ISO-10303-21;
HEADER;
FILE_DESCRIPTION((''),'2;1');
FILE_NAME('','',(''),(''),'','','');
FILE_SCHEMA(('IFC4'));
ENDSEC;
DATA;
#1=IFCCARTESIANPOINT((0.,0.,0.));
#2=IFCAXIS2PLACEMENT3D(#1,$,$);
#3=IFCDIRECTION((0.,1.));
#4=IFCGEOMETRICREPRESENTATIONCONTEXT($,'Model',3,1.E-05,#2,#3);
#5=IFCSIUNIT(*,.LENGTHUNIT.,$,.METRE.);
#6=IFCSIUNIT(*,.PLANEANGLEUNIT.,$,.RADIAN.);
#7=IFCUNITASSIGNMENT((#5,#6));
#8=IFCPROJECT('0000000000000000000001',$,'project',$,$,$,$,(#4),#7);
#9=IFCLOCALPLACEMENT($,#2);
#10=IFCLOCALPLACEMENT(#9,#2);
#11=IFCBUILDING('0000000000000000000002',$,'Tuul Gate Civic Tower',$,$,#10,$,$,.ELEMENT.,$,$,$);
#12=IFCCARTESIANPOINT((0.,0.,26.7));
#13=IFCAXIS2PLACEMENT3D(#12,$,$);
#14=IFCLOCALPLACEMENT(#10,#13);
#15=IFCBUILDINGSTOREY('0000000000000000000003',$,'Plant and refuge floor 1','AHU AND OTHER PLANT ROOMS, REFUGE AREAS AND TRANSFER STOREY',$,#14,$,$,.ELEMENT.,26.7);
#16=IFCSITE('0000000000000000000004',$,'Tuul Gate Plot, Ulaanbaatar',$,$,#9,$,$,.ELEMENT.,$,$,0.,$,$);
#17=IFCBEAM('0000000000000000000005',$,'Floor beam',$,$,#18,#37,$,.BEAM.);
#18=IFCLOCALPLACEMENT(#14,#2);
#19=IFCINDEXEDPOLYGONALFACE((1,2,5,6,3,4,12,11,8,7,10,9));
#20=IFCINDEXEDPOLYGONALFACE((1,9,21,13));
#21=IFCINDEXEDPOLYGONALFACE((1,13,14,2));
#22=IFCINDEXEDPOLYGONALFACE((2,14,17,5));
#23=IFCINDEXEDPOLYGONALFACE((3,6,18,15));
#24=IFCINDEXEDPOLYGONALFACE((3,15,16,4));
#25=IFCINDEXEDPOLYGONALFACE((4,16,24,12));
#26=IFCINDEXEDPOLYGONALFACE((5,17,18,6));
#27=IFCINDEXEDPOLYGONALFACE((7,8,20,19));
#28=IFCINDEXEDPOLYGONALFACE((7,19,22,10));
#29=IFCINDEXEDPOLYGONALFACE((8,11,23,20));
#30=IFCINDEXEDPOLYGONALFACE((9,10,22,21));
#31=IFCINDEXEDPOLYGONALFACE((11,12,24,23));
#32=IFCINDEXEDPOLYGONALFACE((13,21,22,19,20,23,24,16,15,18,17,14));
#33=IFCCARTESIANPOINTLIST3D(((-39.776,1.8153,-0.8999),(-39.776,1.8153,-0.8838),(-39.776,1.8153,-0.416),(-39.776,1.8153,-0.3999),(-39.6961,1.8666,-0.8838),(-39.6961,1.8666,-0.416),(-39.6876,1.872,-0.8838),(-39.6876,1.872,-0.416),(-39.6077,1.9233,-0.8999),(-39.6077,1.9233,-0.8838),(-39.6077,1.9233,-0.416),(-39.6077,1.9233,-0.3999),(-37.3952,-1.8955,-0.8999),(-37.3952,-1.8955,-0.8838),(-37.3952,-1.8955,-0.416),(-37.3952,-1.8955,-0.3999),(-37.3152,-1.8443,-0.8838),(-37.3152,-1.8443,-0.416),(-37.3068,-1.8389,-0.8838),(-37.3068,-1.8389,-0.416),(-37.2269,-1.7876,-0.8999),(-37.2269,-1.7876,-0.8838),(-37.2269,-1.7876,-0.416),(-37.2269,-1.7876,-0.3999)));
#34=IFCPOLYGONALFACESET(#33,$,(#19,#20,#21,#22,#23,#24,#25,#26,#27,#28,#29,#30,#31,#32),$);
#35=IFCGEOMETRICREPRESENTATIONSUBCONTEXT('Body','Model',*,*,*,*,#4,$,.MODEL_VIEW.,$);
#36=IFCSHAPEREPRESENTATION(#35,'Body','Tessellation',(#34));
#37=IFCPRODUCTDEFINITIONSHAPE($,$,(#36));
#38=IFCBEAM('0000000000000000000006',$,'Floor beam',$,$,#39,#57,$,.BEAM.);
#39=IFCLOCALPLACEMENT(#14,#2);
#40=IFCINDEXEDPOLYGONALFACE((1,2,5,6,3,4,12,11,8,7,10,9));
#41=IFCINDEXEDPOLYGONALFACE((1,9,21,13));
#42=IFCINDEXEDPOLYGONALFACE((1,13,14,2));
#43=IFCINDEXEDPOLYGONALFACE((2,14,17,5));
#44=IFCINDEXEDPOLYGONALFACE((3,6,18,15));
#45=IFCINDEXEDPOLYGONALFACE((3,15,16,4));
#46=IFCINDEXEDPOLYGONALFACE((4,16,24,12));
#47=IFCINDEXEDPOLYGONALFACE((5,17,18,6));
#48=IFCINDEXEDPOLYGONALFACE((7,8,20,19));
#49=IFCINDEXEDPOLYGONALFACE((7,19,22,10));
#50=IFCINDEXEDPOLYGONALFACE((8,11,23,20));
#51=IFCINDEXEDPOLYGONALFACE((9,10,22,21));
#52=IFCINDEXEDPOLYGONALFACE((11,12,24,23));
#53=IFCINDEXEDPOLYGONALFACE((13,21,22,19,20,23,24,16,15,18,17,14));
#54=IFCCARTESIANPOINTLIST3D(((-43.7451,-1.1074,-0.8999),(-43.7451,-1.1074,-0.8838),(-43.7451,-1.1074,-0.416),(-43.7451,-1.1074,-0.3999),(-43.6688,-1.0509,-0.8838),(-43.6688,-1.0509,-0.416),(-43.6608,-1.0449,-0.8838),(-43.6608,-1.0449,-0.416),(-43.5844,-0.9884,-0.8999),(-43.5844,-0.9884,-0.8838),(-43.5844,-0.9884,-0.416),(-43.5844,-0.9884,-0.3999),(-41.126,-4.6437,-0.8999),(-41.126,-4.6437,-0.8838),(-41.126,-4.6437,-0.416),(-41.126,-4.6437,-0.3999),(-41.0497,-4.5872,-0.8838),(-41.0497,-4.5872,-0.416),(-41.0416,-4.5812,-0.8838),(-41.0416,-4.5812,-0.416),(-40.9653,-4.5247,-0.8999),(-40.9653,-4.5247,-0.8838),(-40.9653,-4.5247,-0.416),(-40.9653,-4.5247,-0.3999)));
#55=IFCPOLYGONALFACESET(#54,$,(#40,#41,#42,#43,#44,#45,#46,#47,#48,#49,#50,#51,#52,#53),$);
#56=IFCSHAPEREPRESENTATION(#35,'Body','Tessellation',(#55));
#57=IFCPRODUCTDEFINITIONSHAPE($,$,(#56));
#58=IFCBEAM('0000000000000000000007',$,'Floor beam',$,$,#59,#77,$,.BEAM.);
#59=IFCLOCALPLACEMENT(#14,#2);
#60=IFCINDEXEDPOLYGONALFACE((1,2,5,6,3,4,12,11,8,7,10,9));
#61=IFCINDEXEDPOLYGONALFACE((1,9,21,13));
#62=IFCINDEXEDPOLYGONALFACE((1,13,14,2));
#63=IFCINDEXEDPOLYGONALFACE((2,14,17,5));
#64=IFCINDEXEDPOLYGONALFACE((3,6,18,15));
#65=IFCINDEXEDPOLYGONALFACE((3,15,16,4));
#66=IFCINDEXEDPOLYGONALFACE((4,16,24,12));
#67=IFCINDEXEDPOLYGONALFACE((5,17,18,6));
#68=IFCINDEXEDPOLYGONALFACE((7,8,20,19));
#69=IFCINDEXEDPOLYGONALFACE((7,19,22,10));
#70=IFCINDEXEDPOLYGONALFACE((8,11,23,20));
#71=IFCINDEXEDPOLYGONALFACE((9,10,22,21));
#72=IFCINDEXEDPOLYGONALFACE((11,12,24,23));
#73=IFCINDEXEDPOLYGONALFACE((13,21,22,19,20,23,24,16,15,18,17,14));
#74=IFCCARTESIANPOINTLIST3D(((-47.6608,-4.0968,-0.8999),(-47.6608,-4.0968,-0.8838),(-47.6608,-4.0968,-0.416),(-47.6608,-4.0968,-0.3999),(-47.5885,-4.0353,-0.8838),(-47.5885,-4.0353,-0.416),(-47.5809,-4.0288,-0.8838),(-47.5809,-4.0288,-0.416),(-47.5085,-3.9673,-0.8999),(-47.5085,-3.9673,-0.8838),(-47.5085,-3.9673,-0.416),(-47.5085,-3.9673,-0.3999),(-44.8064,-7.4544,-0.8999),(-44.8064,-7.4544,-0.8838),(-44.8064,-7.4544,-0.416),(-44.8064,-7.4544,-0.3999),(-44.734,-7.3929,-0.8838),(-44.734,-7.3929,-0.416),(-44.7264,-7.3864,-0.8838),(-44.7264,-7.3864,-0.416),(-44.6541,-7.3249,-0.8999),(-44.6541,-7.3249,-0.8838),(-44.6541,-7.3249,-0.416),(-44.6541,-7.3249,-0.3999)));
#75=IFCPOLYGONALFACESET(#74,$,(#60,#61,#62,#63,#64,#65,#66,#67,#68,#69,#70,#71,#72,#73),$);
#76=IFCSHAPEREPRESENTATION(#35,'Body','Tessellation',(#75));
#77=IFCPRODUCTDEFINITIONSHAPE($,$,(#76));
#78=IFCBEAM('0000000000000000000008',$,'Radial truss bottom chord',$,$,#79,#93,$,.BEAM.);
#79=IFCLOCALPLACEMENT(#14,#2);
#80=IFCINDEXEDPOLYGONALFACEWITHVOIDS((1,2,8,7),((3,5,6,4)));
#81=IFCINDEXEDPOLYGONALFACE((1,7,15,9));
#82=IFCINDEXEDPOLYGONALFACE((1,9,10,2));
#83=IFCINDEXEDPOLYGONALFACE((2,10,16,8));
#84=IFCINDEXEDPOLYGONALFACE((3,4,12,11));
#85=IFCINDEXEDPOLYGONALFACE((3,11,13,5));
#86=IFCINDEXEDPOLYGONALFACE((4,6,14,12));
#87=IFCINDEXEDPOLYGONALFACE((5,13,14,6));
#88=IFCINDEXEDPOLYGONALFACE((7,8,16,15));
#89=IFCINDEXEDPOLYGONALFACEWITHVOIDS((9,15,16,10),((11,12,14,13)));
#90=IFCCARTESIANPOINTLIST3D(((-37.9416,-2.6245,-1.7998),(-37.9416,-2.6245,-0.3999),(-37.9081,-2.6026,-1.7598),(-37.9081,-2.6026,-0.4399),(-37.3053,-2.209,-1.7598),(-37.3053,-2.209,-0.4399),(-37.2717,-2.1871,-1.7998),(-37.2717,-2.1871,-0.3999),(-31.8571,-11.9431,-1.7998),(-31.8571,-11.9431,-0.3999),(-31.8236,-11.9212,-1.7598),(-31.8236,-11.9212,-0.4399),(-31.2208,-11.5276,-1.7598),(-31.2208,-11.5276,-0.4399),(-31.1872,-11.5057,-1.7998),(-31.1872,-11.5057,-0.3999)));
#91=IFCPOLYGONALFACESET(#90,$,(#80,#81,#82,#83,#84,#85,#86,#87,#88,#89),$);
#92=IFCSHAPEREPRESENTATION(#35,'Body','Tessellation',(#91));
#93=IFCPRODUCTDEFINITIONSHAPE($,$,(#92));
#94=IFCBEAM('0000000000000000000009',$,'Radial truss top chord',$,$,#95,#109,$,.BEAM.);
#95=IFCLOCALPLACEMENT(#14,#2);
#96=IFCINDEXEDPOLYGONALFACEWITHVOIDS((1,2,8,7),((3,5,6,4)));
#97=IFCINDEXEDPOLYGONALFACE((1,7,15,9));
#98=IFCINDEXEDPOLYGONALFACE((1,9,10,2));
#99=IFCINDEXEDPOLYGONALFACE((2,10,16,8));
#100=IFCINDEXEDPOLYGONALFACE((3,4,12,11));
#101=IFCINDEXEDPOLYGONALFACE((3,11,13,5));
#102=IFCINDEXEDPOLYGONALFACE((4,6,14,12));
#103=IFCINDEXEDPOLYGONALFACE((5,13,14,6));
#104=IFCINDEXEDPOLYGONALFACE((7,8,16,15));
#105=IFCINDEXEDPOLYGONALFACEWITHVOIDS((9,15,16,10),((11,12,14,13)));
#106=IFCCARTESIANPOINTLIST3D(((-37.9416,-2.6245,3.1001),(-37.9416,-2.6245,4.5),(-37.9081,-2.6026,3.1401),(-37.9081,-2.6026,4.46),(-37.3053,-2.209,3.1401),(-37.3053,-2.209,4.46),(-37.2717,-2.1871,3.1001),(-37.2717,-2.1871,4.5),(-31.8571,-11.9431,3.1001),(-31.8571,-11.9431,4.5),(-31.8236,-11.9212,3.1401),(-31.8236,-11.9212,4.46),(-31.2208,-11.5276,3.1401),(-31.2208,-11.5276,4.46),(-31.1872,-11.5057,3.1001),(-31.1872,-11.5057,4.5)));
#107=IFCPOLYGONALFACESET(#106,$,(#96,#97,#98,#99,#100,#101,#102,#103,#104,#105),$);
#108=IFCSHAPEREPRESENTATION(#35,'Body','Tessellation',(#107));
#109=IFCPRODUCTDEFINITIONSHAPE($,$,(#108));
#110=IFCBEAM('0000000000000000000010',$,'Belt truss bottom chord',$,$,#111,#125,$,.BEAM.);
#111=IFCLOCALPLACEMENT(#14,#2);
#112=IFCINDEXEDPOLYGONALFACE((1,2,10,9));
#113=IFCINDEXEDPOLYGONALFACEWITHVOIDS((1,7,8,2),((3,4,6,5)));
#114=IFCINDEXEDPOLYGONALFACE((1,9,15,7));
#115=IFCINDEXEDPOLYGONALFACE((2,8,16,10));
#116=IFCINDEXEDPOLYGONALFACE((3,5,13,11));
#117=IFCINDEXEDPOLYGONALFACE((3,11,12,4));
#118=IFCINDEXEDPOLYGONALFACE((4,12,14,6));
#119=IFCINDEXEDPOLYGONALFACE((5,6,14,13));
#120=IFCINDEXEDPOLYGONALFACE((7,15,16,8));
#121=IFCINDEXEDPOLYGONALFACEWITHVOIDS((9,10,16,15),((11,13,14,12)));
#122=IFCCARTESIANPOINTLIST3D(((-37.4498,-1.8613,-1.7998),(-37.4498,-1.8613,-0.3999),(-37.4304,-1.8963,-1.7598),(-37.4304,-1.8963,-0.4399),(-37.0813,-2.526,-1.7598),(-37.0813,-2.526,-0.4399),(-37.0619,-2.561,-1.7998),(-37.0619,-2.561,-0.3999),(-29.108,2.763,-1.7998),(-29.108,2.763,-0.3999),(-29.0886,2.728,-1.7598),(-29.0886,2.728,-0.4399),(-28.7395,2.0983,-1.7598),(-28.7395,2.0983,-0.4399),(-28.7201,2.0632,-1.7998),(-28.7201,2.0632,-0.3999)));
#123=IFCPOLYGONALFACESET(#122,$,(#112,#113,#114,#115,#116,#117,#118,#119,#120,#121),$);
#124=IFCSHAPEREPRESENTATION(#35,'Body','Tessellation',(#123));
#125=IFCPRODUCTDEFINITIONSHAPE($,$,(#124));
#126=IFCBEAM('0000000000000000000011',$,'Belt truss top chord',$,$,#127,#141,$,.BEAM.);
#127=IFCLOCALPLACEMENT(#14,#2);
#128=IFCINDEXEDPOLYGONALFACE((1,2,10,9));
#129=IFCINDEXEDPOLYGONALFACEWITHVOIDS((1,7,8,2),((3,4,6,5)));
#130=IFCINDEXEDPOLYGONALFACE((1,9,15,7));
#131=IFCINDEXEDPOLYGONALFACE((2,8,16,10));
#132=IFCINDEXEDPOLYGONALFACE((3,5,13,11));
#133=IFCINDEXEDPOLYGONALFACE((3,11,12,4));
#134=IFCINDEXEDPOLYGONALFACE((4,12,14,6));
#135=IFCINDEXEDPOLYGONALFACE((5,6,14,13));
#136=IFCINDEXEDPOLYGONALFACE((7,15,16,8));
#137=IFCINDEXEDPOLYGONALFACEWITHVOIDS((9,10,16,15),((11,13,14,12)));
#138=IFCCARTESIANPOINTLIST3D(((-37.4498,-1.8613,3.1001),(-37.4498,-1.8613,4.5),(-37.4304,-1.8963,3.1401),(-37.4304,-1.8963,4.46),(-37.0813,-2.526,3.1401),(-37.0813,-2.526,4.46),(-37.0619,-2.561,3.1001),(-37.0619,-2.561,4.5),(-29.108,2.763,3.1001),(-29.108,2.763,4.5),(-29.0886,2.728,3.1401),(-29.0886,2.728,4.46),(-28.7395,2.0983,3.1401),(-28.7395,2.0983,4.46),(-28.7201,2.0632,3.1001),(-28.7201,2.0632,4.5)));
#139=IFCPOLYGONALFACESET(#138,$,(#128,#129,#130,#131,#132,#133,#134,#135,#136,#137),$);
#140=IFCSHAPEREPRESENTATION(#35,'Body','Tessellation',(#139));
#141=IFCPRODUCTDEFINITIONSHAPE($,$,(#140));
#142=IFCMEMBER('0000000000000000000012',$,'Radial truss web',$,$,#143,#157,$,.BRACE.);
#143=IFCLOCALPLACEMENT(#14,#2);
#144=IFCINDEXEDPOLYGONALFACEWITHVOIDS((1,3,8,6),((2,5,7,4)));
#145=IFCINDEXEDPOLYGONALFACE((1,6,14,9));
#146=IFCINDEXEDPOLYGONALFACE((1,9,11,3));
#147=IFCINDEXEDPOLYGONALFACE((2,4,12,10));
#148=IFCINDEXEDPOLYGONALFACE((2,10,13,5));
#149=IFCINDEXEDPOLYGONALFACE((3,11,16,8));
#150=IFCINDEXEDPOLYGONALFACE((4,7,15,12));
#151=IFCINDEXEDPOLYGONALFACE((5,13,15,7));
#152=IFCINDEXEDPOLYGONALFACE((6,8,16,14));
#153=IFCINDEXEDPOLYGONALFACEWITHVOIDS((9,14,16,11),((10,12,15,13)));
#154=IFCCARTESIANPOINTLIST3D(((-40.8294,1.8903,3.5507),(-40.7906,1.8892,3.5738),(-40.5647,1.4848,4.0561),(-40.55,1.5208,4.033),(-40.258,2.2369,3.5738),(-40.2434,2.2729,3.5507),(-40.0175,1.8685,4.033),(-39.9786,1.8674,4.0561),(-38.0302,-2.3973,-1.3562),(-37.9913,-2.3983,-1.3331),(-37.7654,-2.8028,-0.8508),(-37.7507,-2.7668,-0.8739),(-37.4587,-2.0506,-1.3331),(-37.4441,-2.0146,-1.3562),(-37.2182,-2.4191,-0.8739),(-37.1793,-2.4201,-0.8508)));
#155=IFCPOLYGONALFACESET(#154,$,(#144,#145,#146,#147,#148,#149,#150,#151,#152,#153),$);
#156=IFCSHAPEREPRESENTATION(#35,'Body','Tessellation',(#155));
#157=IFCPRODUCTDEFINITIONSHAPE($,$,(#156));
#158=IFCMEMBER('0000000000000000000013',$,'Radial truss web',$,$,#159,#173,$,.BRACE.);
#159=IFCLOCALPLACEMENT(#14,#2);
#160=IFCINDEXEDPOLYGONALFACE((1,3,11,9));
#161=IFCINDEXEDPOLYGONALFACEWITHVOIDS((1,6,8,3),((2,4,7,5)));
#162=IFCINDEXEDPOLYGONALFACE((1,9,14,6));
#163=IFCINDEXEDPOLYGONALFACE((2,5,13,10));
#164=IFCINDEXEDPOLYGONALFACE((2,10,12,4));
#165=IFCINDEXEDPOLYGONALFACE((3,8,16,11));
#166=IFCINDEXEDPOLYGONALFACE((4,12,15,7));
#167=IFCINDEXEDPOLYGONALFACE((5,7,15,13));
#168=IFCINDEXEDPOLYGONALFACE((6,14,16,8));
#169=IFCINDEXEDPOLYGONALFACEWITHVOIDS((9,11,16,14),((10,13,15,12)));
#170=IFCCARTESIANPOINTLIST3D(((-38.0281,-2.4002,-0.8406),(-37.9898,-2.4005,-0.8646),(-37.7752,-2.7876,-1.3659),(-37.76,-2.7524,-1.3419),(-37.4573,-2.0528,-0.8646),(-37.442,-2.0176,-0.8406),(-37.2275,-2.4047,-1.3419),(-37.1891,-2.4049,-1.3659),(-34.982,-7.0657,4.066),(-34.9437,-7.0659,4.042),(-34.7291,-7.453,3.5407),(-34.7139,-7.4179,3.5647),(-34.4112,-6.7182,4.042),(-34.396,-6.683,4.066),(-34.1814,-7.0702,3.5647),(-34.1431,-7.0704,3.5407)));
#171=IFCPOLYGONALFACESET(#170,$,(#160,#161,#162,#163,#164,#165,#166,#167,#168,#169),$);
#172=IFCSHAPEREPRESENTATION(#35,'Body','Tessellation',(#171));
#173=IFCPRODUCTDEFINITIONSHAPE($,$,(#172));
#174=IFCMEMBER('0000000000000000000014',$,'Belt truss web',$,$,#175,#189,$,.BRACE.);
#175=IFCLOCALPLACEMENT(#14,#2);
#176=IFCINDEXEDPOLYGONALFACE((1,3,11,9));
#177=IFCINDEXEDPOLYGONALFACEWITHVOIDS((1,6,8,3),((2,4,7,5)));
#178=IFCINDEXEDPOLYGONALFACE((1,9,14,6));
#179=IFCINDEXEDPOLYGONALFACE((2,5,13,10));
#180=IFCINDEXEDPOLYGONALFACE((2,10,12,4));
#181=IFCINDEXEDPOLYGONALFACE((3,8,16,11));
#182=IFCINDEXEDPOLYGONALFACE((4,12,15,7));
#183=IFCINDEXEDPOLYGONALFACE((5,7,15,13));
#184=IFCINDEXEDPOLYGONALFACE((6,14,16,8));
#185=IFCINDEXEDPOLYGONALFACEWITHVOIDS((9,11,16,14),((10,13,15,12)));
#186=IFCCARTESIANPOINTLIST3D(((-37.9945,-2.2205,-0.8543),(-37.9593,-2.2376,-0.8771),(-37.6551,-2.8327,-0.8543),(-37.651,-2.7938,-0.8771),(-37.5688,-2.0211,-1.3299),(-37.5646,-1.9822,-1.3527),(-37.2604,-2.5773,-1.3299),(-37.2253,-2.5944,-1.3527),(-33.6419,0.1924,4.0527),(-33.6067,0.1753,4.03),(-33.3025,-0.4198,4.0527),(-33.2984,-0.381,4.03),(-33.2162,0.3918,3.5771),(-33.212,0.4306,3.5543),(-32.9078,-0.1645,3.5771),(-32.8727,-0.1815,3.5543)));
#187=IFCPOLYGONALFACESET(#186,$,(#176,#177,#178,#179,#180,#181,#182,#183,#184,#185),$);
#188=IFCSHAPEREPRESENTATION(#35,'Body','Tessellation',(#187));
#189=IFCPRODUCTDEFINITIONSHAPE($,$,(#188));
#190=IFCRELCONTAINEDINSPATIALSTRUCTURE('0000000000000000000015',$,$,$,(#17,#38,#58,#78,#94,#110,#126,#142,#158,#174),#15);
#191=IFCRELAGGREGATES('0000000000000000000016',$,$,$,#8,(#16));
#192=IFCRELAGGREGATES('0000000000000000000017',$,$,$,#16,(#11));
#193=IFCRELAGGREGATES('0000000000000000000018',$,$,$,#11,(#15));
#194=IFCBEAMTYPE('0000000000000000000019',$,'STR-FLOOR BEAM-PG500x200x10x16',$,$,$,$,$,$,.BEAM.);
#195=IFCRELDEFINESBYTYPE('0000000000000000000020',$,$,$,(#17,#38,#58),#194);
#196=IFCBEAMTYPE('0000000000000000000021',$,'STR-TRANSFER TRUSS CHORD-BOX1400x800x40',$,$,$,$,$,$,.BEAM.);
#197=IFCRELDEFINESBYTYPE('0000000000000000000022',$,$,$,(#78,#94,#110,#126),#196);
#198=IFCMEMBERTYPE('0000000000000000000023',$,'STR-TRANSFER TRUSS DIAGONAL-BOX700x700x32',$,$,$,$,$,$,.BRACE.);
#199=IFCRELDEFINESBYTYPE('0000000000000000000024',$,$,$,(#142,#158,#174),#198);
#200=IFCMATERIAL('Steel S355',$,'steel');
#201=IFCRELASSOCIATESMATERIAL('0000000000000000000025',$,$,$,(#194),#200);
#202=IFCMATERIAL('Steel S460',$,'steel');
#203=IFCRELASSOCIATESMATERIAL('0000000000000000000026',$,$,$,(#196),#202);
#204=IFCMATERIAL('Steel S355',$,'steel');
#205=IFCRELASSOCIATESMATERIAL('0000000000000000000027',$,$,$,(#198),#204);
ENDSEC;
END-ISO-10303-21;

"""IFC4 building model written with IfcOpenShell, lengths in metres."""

from ifc_helpers import new_model, si_unit, direction, frame, origin, origin_2d, place, context, subcontext, project, spatial, hollow_rectangle, i_section, extrude, material, material_profile, profile_set, type_object, element, save


model = new_model("IFC4")

# Units and contexts
model_context = context("Model", 3, precision=1e-05, world=origin(), true_north=direction((0.0, 1.0)))
body_context = subcontext(model_context, "Body", "Model", "MODEL_VIEW")
ifc_project = project(units=[si_unit("LENGTHUNIT", "METRE"), si_unit("PLANEANGLEUNIT", "RADIAN")], contexts=[model_context])

# Site, building, storey
site_placement = place(None, origin())
site = spatial("IfcSite", under=ifc_project, at=site_placement, Name="Tuul Gate Plot, Ulaanbaatar", CompositionType="ELEMENT", RefElevation=0.0)
building_placement = place(site_placement, origin())
building = spatial("IfcBuilding", under=site, at=building_placement, Name="Tuul Gate Civic Tower", CompositionType="ELEMENT")
storey_placement = place(building_placement, frame((0.0, 0.0, 26.7)))
storey = spatial("IfcBuildingStorey", under=building, at=storey_placement, Name="Plant and refuge floor 1", Description="AHU AND OTHER PLANT ROOMS, REFUGE AREAS AND TRANSFER STOREY", CompositionType="ELEMENT", Elevation=26.7)

# Beams
ifc_material_1 = material(Name="Steel S355", Category="steel")
ifc_material_profile_1 = material_profile(ifc_material_1, i_section(OverallWidth=0.2, OverallDepth=0.5, WebThickness=0.01, FlangeThickness=0.0161, at=origin_2d()), Name="PG500x200x10x16")
ifc_profile_set_1 = profile_set([ifc_material_profile_1], Name="Steel S355")
beam_type_1 = type_object("IfcBeamType", Name="STR-FLOOR BEAM-PG500x200x10x16", PredefinedType="BEAM", material=ifc_profile_set_1)
beam_1_placement = place(storey_placement, frame((-37.311, -1.8416, -0.6499), z_axis=(-0.539996, 0.841667, 0.0), x_axis=(-0.841667, -0.539996, 0.0)))
element("IfcBeam", 1, at=beam_1_placement, inside=storey, type_object=beam_type_1, Name="Floor beam", PredefinedType="BEAM", context=body_context, shape_type="SweptSolid", body=[
    extrude(i_section(OverallWidth=0.2, OverallDepth=0.5, WebThickness=0.01, FlangeThickness=0.0161, at=origin_2d()), origin(), (0.0, 0.0, 1.0), 4.4089),
])
beam_2_placement = place(storey_placement, frame((-41.0457, -4.5842, -0.6499), z_axis=(-0.595169, 0.8036, 0.0), x_axis=(-0.8036, -0.595169, 0.0)))
element("IfcBeam", 2, at=beam_2_placement, inside=storey, type_object=beam_type_1, Name="Floor beam", PredefinedType="BEAM", context=body_context, shape_type="SweptSolid", body=[
    extrude(i_section(OverallWidth=0.2, OverallDepth=0.5, WebThickness=0.01, FlangeThickness=0.0161, at=origin_2d()), origin(), (0.0, 0.0, 1.0), 4.4006),
])
beam_3_placement = place(storey_placement, frame((-44.7302, -7.3896, -0.6499), z_axis=(-0.647711, 0.761886, 0.0), x_axis=(-0.761886, -0.647711, 0.0)))
element("IfcBeam", 3, at=beam_3_placement, inside=storey, type_object=beam_type_1, Name="Floor beam", PredefinedType="BEAM", context=body_context, shape_type="SweptSolid", body=[
    extrude(i_section(OverallWidth=0.2, OverallDepth=0.5, WebThickness=0.01, FlangeThickness=0.0161, at=origin_2d()), origin(), (0.0, 0.0, 1.0), 4.407),
])
ifc_material_2 = material(Name="Steel S460", Category="steel")
ifc_material_profile_2 = material_profile(ifc_material_2, hollow_rectangle(XDim=0.8, YDim=1.3999, WallThickness=0.04, at=origin_2d()), Name="BOX1400x800x40")
ifc_profile_set_2 = profile_set([ifc_material_profile_2], Name="Steel S460")
beam_type_2 = type_object("IfcBeamType", Name="STR-TRANSFER TRUSS CHORD-BOX1400x800x40", PredefinedType="BEAM", material=ifc_profile_set_2)
for number, where, z_axis, x_axis, name in (
    (4, (-37.6067, -2.4058, -1.0999), (0.546717, -0.837318, 0.0), (0.837318, 0.546717, 0.0), "Radial truss bottom chord"),
    (5, (-37.6067, -2.4058, 3.8), (0.546717, -0.837318, 0.0), (0.837318, 0.546717, 0.0), "Radial truss top chord"),
):
    element("IfcBeam", number, at=place(storey_placement, frame(where, z_axis=z_axis, x_axis=x_axis)), inside=storey, type_object=beam_type_2, Name=name, PredefinedType="BEAM", context=body_context, shape_type="SweptSolid", body=[
        extrude(hollow_rectangle(XDim=0.8, YDim=1.3999, WallThickness=0.04, at=origin_2d()), origin(), (0.0, 0.0, 1.0), 11.1292),
    ])
for number, where, z_axis, x_axis, name in (
    (6, (-37.2559, -2.2112, -1.0999), (0.874605, 0.484836, 0.0), (-0.484836, 0.874605, 0.0), "Belt truss bottom chord"),
    (7, (-37.2559, -2.2112, 3.8), (0.874605, 0.484836, 0.0), (-0.484836, 0.874605, 0.0), "Belt truss top chord"),
):
    element("IfcBeam", number, at=place(storey_placement, frame(where, z_axis=z_axis, x_axis=x_axis)), inside=storey, type_object=beam_type_2, Name=name, PredefinedType="BEAM", context=body_context, shape_type="SweptSolid", body=[
        extrude(hollow_rectangle(XDim=0.8, YDim=1.3999, WallThickness=0.04, at=origin_2d()), origin(), (0.0, 0.0, 1.0), 9.5378),
    ])

# Members
ifc_material_3 = material(Name="Steel S355", Category="steel")
ifc_material_profile_3 = material_profile(ifc_material_3, hollow_rectangle(XDim=0.7, YDim=0.7, WallThickness=0.032, at=origin_2d()), Name="BOX700x700x32")
ifc_profile_set_3 = profile_set([ifc_material_profile_3], Name="Steel S355")
member_type_1 = type_object("IfcMemberType", Name="STR-TRANSFER TRUSS DIAGONAL-BOX700x700x32", PredefinedType="BRACE", material=ifc_profile_set_3)
member_1_placement = place(storey_placement, frame((-37.6047, -2.4087, -1.1035), z_axis=(-0.394708, 0.604558, 0.691892), x_axis=(-0.837337, -0.546687, 0.0)))
element("IfcMember", 8, at=member_1_placement, inside=storey, type_object=member_type_1, Name="Radial truss web", PredefinedType="BRACE", context=body_context, shape_type="SweptSolid", body=[
    extrude(hollow_rectangle(XDim=0.7, YDim=0.7, WallThickness=0.032, at=origin_2d()), origin(), (0.0, 0.0, 1.0), 7.092),
])
member_2_placement = place(storey_placement, frame((-37.6086, -2.4026, -1.1033), z_axis=(0.410286, -0.628402, 0.660891), x_axis=(0.837331, 0.546697, 0.0)))
element("IfcMember", 9, at=member_2_placement, inside=storey, type_object=member_type_1, Name="Radial truss web", PredefinedType="BRACE", context=body_context, shape_type="SweptSolid", body=[
    extrude(hollow_rectangle(XDim=0.7, YDim=0.7, WallThickness=0.032, at=origin_2d()), origin(), (0.0, 0.0, 1.0), 7.4243),
])
member_3_placement = place(storey_placement, frame((-37.6099, -2.4075, -1.1035), z_axis=(0.622778, 0.345239, 0.70211), x_axis=(-0.484839, 0.874604, 0.0)))
element("IfcMember", 10, at=member_3_placement, inside=storey, type_object=member_type_1, Name="Belt truss web", PredefinedType="BRACE", context=body_context, shape_type="SweptSolid", body=[
    extrude(hollow_rectangle(XDim=0.7, YDim=0.7, WallThickness=0.032, at=origin_2d()), origin(), (0.0, 0.0, 1.0), 6.989),
])

save(model, "model.ifc")
